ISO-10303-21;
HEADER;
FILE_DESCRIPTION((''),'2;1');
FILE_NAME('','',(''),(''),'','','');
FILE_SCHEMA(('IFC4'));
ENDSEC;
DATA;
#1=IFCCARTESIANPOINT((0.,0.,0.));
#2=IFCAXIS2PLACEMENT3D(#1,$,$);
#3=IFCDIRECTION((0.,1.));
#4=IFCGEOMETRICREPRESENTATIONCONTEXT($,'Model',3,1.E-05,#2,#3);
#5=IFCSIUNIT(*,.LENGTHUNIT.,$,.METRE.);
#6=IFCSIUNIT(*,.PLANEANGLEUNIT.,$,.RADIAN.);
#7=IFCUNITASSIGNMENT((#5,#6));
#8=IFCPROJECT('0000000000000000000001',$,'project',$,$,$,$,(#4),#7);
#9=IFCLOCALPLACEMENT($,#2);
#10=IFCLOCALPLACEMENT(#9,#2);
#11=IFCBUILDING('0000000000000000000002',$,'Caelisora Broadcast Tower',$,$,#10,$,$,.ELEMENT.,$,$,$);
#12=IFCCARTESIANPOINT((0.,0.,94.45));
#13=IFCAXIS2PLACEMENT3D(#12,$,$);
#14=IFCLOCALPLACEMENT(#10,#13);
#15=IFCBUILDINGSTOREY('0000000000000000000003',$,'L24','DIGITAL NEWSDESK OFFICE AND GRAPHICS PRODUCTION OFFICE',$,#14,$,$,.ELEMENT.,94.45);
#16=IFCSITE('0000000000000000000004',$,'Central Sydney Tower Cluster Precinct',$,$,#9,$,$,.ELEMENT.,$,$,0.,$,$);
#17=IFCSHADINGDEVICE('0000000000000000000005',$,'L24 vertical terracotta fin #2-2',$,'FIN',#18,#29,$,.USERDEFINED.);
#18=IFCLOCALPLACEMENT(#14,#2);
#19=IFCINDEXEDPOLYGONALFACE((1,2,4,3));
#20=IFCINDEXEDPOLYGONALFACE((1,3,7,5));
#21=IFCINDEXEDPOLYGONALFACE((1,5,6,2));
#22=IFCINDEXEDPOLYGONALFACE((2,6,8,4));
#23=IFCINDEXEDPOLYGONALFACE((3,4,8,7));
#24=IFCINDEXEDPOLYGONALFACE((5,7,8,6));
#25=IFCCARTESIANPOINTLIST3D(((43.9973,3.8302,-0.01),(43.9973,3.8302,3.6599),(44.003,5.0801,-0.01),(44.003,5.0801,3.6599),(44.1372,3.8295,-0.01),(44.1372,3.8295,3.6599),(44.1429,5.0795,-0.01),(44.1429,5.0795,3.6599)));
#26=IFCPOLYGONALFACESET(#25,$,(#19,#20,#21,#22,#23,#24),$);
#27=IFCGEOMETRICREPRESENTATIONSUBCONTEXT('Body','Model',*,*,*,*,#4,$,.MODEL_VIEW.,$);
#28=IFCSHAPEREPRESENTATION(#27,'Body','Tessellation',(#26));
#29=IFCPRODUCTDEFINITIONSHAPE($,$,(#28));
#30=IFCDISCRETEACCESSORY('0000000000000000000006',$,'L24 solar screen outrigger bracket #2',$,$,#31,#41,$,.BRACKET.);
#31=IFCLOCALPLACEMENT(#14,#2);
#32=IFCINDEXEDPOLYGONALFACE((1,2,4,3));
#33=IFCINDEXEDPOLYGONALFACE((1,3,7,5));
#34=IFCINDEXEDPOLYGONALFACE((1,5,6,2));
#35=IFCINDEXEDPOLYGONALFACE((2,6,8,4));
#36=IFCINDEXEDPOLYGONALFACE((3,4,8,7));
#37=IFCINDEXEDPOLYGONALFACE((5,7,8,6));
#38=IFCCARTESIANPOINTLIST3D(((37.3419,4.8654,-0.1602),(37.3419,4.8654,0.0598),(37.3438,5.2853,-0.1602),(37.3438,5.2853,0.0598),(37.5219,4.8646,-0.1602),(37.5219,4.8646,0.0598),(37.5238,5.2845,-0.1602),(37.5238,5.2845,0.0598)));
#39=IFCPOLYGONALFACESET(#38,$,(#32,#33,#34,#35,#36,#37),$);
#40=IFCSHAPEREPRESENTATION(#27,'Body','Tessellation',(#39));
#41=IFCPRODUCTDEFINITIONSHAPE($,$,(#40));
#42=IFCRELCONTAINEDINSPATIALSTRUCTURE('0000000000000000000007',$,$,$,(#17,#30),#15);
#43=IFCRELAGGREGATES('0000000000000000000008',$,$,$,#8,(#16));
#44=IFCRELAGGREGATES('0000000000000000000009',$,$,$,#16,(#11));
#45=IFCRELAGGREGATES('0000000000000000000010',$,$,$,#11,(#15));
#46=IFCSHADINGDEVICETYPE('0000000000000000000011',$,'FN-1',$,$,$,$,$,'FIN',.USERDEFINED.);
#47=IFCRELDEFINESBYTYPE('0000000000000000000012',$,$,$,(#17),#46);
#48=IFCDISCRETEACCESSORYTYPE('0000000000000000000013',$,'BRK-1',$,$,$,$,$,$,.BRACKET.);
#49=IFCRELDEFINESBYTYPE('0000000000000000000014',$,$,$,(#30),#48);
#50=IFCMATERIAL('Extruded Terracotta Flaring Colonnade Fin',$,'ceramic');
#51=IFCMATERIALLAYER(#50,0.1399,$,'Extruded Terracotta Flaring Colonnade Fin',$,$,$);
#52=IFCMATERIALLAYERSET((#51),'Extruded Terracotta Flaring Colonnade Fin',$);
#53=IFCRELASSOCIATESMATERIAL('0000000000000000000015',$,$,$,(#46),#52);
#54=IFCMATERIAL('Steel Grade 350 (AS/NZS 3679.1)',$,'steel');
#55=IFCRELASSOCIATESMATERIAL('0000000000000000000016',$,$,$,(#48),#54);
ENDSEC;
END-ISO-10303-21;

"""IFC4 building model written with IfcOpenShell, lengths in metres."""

from ifc_helpers import new_model, si_unit, direction, frame, origin, origin_2d, place, context, subcontext, project, spatial, rectangle, extrude, source, transform, mapped, material, layer, layer_set, type_object, type_shapes, element, save


model = new_model("IFC4")

# Units and contexts
model_context = context("Model", 3, precision=1e-05, world=origin(), true_north=direction((0.0, 1.0)))
body_context = subcontext(model_context, "Body", "Model", "MODEL_VIEW")
ifc_project = project(units=[si_unit("LENGTHUNIT", "METRE"), si_unit("PLANEANGLEUNIT", "RADIAN")], contexts=[model_context])

# Site, building, storey
site_placement = place(None, origin())
site = spatial("IfcSite", under=ifc_project, at=site_placement, Name="Central Sydney Tower Cluster Precinct", CompositionType="ELEMENT", RefElevation=0.0)
building_placement = place(site_placement, origin())
building = spatial("IfcBuilding", under=site, at=building_placement, Name="Caelisora Broadcast Tower", CompositionType="ELEMENT")
storey_placement = place(building_placement, frame((0.0, 0.0, 94.45)))
storey = spatial("IfcBuildingStorey", under=building, at=storey_placement, Name="L24", Description="DIGITAL NEWSDESK OFFICE AND GRAPHICS PRODUCTION OFFICE", CompositionType="ELEMENT", Elevation=94.45)

# Shared definitions
ifc_material_1 = material(Name="Steel Grade 350 (AS/NZS 3679.1)", Category="steel")

# Shading device
ifc_material_2 = material(Name="Extruded Terracotta Flaring Colonnade Fin", Category="ceramic")
ifc_layer_1 = layer(ifc_material_2, 0.1399, Name="Extruded Terracotta Flaring Colonnade Fin")
ifc_layer_set_1 = layer_set([ifc_layer_1], Name="Extruded Terracotta Flaring Colonnade Fin")
shading_device_type = type_object("IfcShadingDeviceType", Name="FN-1", ElementType="FIN", PredefinedType="USERDEFINED", material=ifc_layer_set_1)
shared_shape_1 = source(origin(), body_context, "Body", "SweptSolid", [
    extrude(rectangle(XDim=0.1399, YDim=1.25, at=origin_2d()), origin(), (0.0, 0.0, 1.0), 3.6699),
])
type_shapes(shading_device_type, [shared_shape_1])
shading_device_placement = place(storey_placement, frame((44.0701, 4.4548, -0.01), z_axis=(0.0, 0.0, 1.0), x_axis=(-0.99999, 0.004538, 0.0)))
element("IfcShadingDevice", 1, at=shading_device_placement, inside=storey, type_object=shading_device_type, Name="L24 vertical terracotta fin #2-2", ObjectType="FIN", PredefinedType="USERDEFINED", context=body_context, shape_type="MappedRepresentation", body=[
    mapped(shared_shape_1, transform((0.0, 0.0, 0.0), scale=1.0)),
])

# Discrete accessory
discrete_accessory_type = type_object("IfcDiscreteAccessoryType", Name="BRK-1", PredefinedType="BRACKET", material=ifc_material_1)
shared_shape_2 = source(origin(), body_context, "Body", "SweptSolid", [
    extrude(rectangle(XDim=0.1799, YDim=0.4199, at=origin_2d()), origin(), (0.0, 0.0, 1.0), 0.22),
])
type_shapes(discrete_accessory_type, [shared_shape_2])
discrete_accessory_placement = place(storey_placement, frame((37.4329, 5.075, -0.1602), z_axis=(0.0, 0.0, 1.0), x_axis=(0.99999, -0.004538, 0.0)))
element("IfcDiscreteAccessory", 2, at=discrete_accessory_placement, inside=storey, type_object=discrete_accessory_type, Name="L24 solar screen outrigger bracket #2", PredefinedType="BRACKET", context=body_context, shape_type="MappedRepresentation", body=[
    mapped(shared_shape_2, transform((0.0, 0.0, 0.0), scale=1.0)),
])

save(model, "model.ifc")
